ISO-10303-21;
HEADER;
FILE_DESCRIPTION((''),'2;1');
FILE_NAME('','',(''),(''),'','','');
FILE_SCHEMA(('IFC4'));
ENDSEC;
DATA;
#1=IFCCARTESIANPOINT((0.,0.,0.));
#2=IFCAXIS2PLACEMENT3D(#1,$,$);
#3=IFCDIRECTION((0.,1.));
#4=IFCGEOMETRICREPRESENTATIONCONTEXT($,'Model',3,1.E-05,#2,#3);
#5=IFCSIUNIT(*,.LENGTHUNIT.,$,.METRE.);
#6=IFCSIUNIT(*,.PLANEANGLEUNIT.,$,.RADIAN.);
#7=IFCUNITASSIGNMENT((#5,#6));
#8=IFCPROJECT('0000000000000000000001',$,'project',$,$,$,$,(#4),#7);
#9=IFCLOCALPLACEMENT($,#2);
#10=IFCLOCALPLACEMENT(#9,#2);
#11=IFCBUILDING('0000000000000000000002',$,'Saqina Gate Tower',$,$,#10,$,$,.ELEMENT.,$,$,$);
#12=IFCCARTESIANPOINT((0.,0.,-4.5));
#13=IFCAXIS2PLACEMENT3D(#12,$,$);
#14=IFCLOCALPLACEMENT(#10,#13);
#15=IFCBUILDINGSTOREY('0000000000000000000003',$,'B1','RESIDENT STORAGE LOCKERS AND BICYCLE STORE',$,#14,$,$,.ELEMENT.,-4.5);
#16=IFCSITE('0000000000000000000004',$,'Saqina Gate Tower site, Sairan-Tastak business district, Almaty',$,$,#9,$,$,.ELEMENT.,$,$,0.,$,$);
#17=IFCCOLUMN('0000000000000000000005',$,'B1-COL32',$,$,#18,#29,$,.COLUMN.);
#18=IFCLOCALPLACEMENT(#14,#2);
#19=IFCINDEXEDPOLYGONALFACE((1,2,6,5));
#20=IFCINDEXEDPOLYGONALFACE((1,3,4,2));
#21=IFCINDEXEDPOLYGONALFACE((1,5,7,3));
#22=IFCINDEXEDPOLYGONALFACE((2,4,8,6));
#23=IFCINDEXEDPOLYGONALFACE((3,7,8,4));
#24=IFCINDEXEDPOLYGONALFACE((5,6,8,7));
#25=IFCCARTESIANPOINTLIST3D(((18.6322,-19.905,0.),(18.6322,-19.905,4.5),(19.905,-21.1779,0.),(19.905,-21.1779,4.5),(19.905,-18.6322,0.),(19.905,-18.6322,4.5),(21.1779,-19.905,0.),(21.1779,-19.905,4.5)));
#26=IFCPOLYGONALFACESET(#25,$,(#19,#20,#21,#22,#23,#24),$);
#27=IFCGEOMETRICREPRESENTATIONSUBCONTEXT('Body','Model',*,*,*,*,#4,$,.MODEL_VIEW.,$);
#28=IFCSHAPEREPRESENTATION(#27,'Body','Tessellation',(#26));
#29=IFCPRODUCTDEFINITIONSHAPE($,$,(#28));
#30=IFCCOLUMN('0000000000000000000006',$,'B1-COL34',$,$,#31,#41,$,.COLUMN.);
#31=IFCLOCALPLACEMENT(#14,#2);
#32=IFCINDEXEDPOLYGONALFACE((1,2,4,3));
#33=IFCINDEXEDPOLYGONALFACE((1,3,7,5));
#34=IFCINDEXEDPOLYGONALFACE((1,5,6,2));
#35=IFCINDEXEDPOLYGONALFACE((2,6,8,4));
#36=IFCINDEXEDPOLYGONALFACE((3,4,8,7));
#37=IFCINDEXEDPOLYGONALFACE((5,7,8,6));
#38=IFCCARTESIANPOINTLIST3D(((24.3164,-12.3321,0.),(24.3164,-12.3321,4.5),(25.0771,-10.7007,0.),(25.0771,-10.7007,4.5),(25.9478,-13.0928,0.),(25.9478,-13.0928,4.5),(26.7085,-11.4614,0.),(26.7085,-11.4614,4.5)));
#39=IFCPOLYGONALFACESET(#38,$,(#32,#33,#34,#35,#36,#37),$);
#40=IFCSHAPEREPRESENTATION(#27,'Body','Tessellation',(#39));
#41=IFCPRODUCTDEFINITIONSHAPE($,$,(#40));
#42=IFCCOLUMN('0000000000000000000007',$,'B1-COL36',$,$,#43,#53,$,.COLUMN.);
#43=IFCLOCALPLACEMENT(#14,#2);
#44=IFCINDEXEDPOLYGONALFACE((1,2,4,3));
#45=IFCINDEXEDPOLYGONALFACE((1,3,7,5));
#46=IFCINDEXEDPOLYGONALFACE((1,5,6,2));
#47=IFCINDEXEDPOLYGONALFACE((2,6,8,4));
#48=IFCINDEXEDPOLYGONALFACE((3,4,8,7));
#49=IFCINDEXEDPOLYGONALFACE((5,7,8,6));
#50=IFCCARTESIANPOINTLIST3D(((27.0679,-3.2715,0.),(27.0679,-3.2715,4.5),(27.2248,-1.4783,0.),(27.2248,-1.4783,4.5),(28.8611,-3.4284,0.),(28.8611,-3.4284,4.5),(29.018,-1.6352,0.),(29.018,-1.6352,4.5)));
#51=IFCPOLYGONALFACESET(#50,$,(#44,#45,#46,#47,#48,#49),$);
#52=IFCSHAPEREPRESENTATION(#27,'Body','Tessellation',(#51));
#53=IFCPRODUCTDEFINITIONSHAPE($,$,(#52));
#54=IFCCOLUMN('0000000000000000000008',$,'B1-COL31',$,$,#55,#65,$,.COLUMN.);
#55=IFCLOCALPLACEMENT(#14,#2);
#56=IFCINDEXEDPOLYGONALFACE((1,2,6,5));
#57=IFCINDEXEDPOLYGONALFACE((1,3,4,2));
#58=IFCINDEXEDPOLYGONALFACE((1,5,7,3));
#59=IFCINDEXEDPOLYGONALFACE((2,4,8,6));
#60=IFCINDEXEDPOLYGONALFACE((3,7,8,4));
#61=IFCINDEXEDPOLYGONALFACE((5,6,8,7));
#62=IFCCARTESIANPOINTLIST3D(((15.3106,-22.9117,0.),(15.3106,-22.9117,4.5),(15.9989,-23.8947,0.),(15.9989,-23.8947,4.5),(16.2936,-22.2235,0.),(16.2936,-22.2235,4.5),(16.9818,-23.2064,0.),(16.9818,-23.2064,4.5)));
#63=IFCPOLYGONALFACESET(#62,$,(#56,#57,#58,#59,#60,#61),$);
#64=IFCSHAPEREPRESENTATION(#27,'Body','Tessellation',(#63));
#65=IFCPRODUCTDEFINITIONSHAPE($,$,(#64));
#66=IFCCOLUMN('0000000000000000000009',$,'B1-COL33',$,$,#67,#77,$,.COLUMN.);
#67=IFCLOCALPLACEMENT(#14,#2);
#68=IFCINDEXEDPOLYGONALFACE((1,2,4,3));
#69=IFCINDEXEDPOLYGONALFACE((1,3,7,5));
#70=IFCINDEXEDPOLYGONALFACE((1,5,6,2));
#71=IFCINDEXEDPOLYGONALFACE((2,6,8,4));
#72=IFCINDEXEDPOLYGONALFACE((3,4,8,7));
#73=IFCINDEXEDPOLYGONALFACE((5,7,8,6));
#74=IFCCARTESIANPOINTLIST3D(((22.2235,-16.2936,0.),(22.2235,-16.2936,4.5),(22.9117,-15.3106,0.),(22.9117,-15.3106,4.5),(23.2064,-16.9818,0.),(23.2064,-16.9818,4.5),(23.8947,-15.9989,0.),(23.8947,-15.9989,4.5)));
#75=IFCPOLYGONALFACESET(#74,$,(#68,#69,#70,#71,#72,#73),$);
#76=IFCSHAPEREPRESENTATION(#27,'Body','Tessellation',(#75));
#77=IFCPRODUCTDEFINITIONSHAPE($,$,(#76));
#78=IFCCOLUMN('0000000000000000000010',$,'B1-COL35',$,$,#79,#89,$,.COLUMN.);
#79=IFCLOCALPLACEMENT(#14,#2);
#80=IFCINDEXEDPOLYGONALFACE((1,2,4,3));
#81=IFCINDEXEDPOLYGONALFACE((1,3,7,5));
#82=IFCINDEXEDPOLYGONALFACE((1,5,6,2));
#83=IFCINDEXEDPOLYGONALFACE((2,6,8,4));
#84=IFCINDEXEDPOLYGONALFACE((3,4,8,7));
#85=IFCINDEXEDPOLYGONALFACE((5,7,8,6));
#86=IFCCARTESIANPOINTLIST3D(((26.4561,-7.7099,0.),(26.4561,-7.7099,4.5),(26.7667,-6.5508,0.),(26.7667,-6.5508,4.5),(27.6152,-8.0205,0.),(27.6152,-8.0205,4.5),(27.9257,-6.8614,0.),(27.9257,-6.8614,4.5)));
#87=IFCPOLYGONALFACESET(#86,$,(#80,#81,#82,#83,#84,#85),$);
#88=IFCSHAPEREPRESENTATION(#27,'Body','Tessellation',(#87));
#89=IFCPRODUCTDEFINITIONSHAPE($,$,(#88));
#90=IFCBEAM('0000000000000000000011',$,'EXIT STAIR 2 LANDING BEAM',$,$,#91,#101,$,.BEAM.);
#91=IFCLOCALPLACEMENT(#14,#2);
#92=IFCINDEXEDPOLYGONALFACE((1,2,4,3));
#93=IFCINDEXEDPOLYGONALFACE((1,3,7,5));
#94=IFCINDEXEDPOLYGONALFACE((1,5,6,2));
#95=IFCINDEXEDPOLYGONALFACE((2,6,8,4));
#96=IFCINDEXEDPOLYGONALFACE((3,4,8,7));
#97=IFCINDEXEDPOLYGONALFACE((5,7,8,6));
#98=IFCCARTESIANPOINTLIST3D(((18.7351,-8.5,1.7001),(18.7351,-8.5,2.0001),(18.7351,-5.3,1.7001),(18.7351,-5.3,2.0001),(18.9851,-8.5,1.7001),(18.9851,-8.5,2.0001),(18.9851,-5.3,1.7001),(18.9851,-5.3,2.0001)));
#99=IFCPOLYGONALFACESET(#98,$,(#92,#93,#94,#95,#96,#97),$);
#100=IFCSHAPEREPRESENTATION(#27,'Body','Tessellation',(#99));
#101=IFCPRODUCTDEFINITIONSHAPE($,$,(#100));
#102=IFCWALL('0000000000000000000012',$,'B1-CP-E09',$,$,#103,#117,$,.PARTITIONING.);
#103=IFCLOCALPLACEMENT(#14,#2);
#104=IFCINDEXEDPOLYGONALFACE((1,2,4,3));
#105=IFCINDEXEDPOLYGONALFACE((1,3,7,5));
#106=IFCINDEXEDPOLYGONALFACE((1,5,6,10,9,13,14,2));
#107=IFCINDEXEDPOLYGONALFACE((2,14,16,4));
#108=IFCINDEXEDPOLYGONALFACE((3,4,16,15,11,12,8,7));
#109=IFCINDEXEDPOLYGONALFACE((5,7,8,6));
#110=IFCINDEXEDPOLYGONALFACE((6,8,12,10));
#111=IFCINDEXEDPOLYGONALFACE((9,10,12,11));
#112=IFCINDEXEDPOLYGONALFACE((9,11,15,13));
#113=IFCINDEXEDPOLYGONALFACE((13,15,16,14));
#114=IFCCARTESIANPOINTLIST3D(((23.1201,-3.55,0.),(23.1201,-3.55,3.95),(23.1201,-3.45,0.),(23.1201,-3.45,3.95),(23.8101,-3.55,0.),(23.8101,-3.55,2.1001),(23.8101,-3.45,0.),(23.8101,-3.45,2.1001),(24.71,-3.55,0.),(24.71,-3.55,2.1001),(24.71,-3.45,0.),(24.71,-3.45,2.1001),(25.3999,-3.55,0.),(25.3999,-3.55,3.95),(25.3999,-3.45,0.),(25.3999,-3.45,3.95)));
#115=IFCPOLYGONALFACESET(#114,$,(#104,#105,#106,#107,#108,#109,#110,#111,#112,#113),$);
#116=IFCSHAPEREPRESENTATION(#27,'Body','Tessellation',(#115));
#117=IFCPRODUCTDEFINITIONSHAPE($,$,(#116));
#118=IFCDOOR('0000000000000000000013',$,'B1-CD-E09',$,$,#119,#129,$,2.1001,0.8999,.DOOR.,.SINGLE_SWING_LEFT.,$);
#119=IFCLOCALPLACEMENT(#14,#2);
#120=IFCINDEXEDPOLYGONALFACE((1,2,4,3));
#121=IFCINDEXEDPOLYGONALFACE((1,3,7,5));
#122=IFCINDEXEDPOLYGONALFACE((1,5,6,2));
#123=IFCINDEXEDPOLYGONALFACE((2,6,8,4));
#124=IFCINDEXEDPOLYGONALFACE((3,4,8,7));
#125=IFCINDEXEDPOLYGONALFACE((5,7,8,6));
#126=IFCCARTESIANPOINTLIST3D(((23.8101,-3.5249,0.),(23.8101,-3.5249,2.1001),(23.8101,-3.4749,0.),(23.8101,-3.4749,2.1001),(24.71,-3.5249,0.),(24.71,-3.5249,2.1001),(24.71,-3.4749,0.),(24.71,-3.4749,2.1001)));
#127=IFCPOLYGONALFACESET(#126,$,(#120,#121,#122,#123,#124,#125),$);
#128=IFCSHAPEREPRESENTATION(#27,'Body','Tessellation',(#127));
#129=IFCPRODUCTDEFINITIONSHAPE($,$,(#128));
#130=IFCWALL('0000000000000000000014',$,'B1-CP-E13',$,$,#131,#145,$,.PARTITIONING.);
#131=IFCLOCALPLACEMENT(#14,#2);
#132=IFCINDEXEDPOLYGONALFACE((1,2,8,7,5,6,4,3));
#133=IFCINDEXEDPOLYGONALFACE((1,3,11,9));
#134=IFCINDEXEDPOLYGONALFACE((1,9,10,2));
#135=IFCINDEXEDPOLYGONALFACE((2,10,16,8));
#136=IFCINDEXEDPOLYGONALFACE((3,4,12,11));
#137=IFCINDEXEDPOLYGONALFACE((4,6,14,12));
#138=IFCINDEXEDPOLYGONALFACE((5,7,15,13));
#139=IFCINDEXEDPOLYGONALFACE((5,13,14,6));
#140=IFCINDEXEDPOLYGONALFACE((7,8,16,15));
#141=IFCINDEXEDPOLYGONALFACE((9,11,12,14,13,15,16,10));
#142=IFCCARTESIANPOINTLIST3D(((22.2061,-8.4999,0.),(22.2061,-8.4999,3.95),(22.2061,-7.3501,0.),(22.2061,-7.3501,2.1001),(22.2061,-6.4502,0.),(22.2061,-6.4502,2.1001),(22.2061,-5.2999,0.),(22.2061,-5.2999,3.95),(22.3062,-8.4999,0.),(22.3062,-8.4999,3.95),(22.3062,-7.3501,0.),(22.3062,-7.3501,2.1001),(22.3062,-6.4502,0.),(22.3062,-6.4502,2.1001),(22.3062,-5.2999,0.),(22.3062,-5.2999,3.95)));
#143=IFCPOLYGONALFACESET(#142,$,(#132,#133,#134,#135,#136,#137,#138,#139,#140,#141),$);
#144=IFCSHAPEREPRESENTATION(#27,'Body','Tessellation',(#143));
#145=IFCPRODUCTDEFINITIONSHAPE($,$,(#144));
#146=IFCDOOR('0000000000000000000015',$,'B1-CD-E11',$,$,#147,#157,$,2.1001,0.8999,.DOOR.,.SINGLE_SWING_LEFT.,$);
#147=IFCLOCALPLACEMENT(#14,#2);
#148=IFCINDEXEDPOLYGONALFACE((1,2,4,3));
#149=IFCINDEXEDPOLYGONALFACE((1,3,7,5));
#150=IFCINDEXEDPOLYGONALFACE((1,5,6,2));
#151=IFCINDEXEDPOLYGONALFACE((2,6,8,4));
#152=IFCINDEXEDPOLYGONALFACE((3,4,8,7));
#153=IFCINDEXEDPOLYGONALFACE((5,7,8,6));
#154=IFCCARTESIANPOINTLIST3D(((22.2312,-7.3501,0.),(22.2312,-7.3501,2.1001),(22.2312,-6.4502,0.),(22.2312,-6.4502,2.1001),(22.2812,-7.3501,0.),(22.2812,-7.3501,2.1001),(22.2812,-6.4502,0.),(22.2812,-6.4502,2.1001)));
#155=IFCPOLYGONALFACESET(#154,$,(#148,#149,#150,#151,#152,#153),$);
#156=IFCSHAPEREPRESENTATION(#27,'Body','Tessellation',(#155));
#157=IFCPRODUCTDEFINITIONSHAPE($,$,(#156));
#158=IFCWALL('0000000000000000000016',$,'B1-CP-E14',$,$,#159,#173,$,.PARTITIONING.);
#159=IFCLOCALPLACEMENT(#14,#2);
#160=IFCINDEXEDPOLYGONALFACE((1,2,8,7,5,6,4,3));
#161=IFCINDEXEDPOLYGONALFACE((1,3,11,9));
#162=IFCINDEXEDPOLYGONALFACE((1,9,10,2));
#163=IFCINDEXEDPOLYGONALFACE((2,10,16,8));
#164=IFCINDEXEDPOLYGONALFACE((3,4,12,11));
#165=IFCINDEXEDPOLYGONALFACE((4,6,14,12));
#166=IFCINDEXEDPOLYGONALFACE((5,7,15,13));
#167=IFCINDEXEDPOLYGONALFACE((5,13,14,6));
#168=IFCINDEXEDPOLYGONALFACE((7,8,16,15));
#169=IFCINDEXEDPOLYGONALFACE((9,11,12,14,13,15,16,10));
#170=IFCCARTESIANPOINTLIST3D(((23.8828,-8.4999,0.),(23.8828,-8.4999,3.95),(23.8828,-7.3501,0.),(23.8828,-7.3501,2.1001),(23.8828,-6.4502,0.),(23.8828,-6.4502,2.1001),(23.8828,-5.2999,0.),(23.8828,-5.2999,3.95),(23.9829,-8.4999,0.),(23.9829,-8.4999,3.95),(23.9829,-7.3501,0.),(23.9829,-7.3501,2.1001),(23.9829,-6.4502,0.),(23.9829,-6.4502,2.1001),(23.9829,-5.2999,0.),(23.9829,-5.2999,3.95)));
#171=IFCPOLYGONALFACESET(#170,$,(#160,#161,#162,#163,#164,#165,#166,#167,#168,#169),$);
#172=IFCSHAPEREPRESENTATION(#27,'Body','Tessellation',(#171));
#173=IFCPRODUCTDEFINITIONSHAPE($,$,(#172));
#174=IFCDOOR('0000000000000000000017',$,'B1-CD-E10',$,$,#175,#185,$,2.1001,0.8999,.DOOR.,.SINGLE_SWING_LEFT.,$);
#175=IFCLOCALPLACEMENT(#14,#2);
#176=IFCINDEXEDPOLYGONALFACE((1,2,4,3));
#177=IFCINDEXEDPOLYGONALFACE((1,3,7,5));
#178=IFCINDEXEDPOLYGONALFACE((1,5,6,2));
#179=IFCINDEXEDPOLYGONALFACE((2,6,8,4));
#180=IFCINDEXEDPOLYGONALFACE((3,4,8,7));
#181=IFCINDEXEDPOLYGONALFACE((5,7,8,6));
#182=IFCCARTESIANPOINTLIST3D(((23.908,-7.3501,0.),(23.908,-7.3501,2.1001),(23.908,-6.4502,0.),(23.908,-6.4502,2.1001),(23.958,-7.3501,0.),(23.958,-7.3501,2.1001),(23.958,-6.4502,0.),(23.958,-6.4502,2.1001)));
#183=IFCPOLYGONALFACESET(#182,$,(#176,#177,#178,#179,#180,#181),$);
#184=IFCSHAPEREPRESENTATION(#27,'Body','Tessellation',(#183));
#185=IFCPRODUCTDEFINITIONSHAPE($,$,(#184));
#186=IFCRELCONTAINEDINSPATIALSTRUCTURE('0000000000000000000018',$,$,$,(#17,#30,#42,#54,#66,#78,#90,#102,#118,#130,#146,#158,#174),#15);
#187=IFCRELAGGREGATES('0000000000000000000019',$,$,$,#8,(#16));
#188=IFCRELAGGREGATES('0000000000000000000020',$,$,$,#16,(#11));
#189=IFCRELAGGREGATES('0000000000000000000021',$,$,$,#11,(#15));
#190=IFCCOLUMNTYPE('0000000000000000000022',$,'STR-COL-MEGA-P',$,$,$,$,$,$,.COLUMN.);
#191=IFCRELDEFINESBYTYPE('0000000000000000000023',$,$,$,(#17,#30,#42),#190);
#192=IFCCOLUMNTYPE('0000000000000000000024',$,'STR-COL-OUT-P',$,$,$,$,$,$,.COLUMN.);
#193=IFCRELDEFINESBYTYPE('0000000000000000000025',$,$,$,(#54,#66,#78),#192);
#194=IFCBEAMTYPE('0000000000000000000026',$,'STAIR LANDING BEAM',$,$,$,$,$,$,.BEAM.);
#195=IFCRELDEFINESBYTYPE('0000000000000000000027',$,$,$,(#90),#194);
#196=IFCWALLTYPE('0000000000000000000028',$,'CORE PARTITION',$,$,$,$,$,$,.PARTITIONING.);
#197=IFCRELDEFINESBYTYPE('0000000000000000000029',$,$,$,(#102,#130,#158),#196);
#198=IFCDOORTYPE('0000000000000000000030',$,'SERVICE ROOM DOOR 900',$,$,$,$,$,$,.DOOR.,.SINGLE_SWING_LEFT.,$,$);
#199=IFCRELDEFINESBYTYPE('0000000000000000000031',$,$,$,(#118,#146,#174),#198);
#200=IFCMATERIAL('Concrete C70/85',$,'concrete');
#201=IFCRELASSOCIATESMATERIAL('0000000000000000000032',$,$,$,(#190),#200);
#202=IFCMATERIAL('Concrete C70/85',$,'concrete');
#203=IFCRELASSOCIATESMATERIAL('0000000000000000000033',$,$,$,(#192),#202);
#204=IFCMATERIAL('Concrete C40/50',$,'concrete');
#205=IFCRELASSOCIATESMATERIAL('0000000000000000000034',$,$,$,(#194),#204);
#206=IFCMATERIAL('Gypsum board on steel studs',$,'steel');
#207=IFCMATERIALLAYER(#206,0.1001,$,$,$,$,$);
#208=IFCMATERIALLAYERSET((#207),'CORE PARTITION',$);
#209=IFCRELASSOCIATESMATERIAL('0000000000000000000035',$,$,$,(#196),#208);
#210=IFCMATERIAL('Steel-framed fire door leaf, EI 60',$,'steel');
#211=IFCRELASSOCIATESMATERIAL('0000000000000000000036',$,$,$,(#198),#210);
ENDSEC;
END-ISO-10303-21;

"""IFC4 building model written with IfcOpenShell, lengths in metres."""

from ifc_helpers import new_model, si_unit, direction, frame, frame_2d, origin, origin_2d, place, context, subcontext, project, spatial, rectangle, extrude, material, layer, layer_set, material_profile, profile_set, type_object, element, fill, save


model = new_model("IFC4")

# Units and contexts
model_context = context("Model", 3, precision=1e-05, world=origin(), true_north=direction((0.0, 1.0)))
body_context = subcontext(model_context, "Body", "Model", "MODEL_VIEW")
ifc_project = project(units=[si_unit("LENGTHUNIT", "METRE"), si_unit("PLANEANGLEUNIT", "RADIAN")], contexts=[model_context])

# Site, building, storey
site_placement = place(None, origin())
site = spatial("IfcSite", under=ifc_project, at=site_placement, Name="Saqina Gate Tower site, Sairan-Tastak business district, Almaty", CompositionType="ELEMENT", RefElevation=0.0)
building_placement = place(site_placement, origin())
building = spatial("IfcBuilding", under=site, at=building_placement, Name="Saqina Gate Tower", CompositionType="ELEMENT")
storey_placement = place(building_placement, frame((0.0, 0.0, -4.5)))
storey = spatial("IfcBuildingStorey", under=building, at=storey_placement, Name="B1", Description="RESIDENT STORAGE LOCKERS AND BICYCLE STORE", CompositionType="ELEMENT", Elevation=-4.5)

# Columns
ifc_material_1 = material(Name="Concrete C70/85", Category="concrete")
ifc_material_profile_1 = material_profile(ifc_material_1, rectangle(XDim=1.8, YDim=1.8, at=origin_2d()), Name="RC 1800x1800")
ifc_profile_set_1 = profile_set([ifc_material_profile_1], Name="Concrete C70/85")
column_type_1 = type_object("IfcColumnType", Name="STR-COL-MEGA-P", PredefinedType="COLUMN", material=ifc_profile_set_1)
for number, where, z_axis, x_axis, name in (
    (1, (19.905, -19.905, 0.0), (0.0, 0.0, 1.0), (0.707107, -0.707107, 0.0), "B1-COL32"),
    (2, (25.5125, -11.8967, 0.0), (0.0, 0.0, 1.0), (0.906308, -0.422618, 0.0), "B1-COL34"),
    (3, (28.043, -2.4534, 0.0), (0.0, 0.0, 1.0), (0.996195, -0.087156, 0.0), "B1-COL36"),
):
    element("IfcColumn", number, at=place(storey_placement, frame(where, z_axis=z_axis, x_axis=x_axis)), inside=storey, type_object=column_type_1, Name=name, PredefinedType="COLUMN", context=body_context, shape_type="SweptSolid", body=[
        extrude(rectangle(XDim=1.8, YDim=1.8, at=origin_2d()), origin(), (0.0, 0.0, 1.0), 4.5),
    ])
ifc_material_2 = material(Name="Concrete C70/85", Category="concrete")
ifc_material_profile_2 = material_profile(ifc_material_2, rectangle(XDim=1.2, YDim=1.2, at=origin_2d()), Name="RC 1200x1200")
ifc_profile_set_2 = profile_set([ifc_material_profile_2], Name="Concrete C70/85")
column_type_2 = type_object("IfcColumnType", Name="STR-COL-OUT-P", PredefinedType="COLUMN", material=ifc_profile_set_2)
for number, where, z_axis, x_axis, name in (
    (4, (16.1462, -23.0591, 0.0), (0.0, 0.0, 1.0), (0.573576, -0.819152, 0.0), "B1-COL31"),
    (5, (23.0591, -16.1462, 0.0), (0.0, 0.0, 1.0), (0.819152, -0.573576, 0.0), "B1-COL33"),
    (6, (27.1909, -7.2856, 0.0), (0.0, 0.0, 1.0), (0.965926, -0.258819, 0.0), "B1-COL35"),
):
    element("IfcColumn", number, at=place(storey_placement, frame(where, z_axis=z_axis, x_axis=x_axis)), inside=storey, type_object=column_type_2, Name=name, PredefinedType="COLUMN", context=body_context, shape_type="SweptSolid", body=[
        extrude(rectangle(XDim=1.2, YDim=1.2, at=origin_2d()), origin(), (0.0, 0.0, 1.0), 4.5),
    ])

# Beam
ifc_material_3 = material(Name="Concrete C40/50", Category="concrete")
ifc_material_profile_3 = material_profile(ifc_material_3, rectangle(XDim=0.25, YDim=0.3, at=origin_2d()), Name="STAIR LANDING BEAM")
ifc_profile_set_3 = profile_set([ifc_material_profile_3], Name="Concrete C40/50")
beam_type = type_object("IfcBeamType", Name="STAIR LANDING BEAM", PredefinedType="BEAM", material=ifc_profile_set_3)
beam_placement = place(storey_placement, frame((18.8601, -8.5, 1.8501), z_axis=(0.0, 1.0, 0.0), x_axis=(-1.0, 0.0, 0.0)))
element("IfcBeam", 7, at=beam_placement, inside=storey, type_object=beam_type, Name="EXIT STAIR 2 LANDING BEAM", PredefinedType="BEAM", context=body_context, shape_type="SweptSolid", body=[
    extrude(rectangle(XDim=0.25, YDim=0.3, at=origin_2d()), origin(), (0.0, 0.0, 1.0), 3.2),
])

# Walls, openings, doors
ifc_material_4 = material(Name="Gypsum board on steel studs", Category="steel")
ifc_layer_1 = layer(ifc_material_4, 0.1001)
ifc_layer_set_1 = layer_set([ifc_layer_1], Name="CORE PARTITION")
wall_type_1 = type_object("IfcWallType", Name="CORE PARTITION", PredefinedType="PARTITIONING", material=ifc_layer_set_1)
wall_1_placement = place(storey_placement, frame((23.1201, -3.5, 0.0), z_axis=(0.0, 0.0, 1.0), x_axis=(1.0, 0.0, 0.0)))
wall_1 = element("IfcWall", 8, at=wall_1_placement, inside=storey, type_object=wall_type_1, Name="B1-CP-E09", PredefinedType="PARTITIONING", context=body_context, shape_type="SweptSolid", body=[
    extrude(rectangle(XDim=2.2798, YDim=0.1001, at=frame_2d((1.1399, 0.0))), origin(), (0.0, 0.0, 1.0), 3.95),
])
opening_1_placement = place(wall_1_placement, frame((0.6899, 0.0, 0.0)))
opening_1 = element("IfcOpeningElement", 9, at=opening_1_placement, cuts=wall_1, PredefinedType="OPENING", context=body_context, shape_type="SweptSolid", body=[
    extrude(rectangle(XDim=0.8999, YDim=2.1001, at=frame_2d((0.45, 1.05))), frame((0.0, 0.062, 0.0), z_axis=(0.0, -1.0, 0.0), x_axis=(1.0, 0.0, 0.0)), (0.0, 0.0, 1.0), 0.124),
])
ifc_material_5 = material(Name="Steel-framed fire door leaf, EI 60", Category="steel")
door_type_1 = type_object("IfcDoorType", Name="SERVICE ROOM DOOR 900", OperationType="SINGLE_SWING_LEFT", PredefinedType="DOOR", material=ifc_material_5)
door_1_placement = place(opening_1_placement, frame((0.8999, 0.0, 0.0), z_axis=(0.0, 0.0, 1.0), x_axis=(-1.0, 0.0, 0.0)))
door_1 = element("IfcDoor", 10, at=door_1_placement, inside=storey, type_object=door_type_1, Name="B1-CD-E09", OperationType="SINGLE_SWING_LEFT", OverallHeight=2.1001, OverallWidth=0.8999, PredefinedType="DOOR", context=body_context, shape_type="SweptSolid", body=[
    extrude(rectangle(XDim=0.8999, YDim=2.1001, at=frame_2d((0.45, 1.05))), frame((0.0, 0.0249, 0.0), z_axis=(0.0, -1.0, 0.0), x_axis=(1.0, 0.0, 0.0)), (0.0, 0.0, 1.0), 0.05),
])
fill(opening_1, door_1)
wall_2_placement = place(storey_placement, frame((22.2561, -8.5, 0.0), z_axis=(0.0, 0.0, 1.0), x_axis=(0.0, 1.0, 0.0)))
wall_2 = element("IfcWall", 11, at=wall_2_placement, inside=storey, type_object=wall_type_1, Name="B1-CP-E13", PredefinedType="PARTITIONING", context=body_context, shape_type="SweptSolid", body=[
    extrude(rectangle(XDim=3.2, YDim=0.1001, at=frame_2d((1.6001, 0.0))), origin(), (0.0, 0.0, 1.0), 3.95),
])
opening_2_placement = place(wall_2_placement, frame((1.1499, 0.0, 0.0)))
opening_2 = element("IfcOpeningElement", 12, at=opening_2_placement, cuts=wall_2, PredefinedType="OPENING", context=body_context, shape_type="SweptSolid", body=[
    extrude(rectangle(XDim=0.8999, YDim=2.1001, at=frame_2d((0.45, 1.05))), frame((0.0, 0.062, 0.0), z_axis=(0.0, -1.0, 0.0), x_axis=(1.0, 0.0, 0.0)), (0.0, 0.0, 1.0), 0.124),
])
door_2_placement = place(opening_2_placement, origin())
door_2 = element("IfcDoor", 13, at=door_2_placement, inside=storey, type_object=door_type_1, Name="B1-CD-E11", OperationType="SINGLE_SWING_LEFT", OverallHeight=2.1001, OverallWidth=0.8999, PredefinedType="DOOR", context=body_context, shape_type="SweptSolid", body=[
    extrude(rectangle(XDim=0.8999, YDim=2.1001, at=frame_2d((0.45, 1.05))), frame((0.0, 0.0249, 0.0), z_axis=(0.0, -1.0, 0.0), x_axis=(1.0, 0.0, 0.0)), (0.0, 0.0, 1.0), 0.05),
])
fill(opening_2, door_2)
wall_3_placement = place(storey_placement, frame((23.9329, -8.5, 0.0), z_axis=(0.0, 0.0, 1.0), x_axis=(0.0, 1.0, 0.0)))
wall_3 = element("IfcWall", 14, at=wall_3_placement, inside=storey, type_object=wall_type_1, Name="B1-CP-E14", PredefinedType="PARTITIONING", context=body_context, shape_type="SweptSolid", body=[
    extrude(rectangle(XDim=3.2, YDim=0.1001, at=frame_2d((1.6001, 0.0))), origin(), (0.0, 0.0, 1.0), 3.95),
])
opening_3_placement = place(wall_3_placement, frame((1.1499, 0.0, 0.0)))
opening_3 = element("IfcOpeningElement", 15, at=opening_3_placement, cuts=wall_3, PredefinedType="OPENING", context=body_context, shape_type="SweptSolid", body=[
    extrude(rectangle(XDim=0.8999, YDim=2.1001, at=frame_2d((0.45, 1.05))), frame((0.0, 0.062, 0.0), z_axis=(0.0, -1.0, 0.0), x_axis=(1.0, 0.0, 0.0)), (0.0, 0.0, 1.0), 0.124),
])
door_3_placement = place(opening_3_placement, origin())
door_3 = element("IfcDoor", 16, at=door_3_placement, inside=storey, type_object=door_type_1, Name="B1-CD-E10", OperationType="SINGLE_SWING_LEFT", OverallHeight=2.1001, OverallWidth=0.8999, PredefinedType="DOOR", context=body_context, shape_type="SweptSolid", body=[
    extrude(rectangle(XDim=0.8999, YDim=2.1001, at=frame_2d((0.45, 1.05))), frame((0.0, 0.0249, 0.0), z_axis=(0.0, -1.0, 0.0), x_axis=(1.0, 0.0, 0.0)), (0.0, 0.0, 1.0), 0.05),
])
fill(opening_3, door_3)

save(model, "model.ifc")
